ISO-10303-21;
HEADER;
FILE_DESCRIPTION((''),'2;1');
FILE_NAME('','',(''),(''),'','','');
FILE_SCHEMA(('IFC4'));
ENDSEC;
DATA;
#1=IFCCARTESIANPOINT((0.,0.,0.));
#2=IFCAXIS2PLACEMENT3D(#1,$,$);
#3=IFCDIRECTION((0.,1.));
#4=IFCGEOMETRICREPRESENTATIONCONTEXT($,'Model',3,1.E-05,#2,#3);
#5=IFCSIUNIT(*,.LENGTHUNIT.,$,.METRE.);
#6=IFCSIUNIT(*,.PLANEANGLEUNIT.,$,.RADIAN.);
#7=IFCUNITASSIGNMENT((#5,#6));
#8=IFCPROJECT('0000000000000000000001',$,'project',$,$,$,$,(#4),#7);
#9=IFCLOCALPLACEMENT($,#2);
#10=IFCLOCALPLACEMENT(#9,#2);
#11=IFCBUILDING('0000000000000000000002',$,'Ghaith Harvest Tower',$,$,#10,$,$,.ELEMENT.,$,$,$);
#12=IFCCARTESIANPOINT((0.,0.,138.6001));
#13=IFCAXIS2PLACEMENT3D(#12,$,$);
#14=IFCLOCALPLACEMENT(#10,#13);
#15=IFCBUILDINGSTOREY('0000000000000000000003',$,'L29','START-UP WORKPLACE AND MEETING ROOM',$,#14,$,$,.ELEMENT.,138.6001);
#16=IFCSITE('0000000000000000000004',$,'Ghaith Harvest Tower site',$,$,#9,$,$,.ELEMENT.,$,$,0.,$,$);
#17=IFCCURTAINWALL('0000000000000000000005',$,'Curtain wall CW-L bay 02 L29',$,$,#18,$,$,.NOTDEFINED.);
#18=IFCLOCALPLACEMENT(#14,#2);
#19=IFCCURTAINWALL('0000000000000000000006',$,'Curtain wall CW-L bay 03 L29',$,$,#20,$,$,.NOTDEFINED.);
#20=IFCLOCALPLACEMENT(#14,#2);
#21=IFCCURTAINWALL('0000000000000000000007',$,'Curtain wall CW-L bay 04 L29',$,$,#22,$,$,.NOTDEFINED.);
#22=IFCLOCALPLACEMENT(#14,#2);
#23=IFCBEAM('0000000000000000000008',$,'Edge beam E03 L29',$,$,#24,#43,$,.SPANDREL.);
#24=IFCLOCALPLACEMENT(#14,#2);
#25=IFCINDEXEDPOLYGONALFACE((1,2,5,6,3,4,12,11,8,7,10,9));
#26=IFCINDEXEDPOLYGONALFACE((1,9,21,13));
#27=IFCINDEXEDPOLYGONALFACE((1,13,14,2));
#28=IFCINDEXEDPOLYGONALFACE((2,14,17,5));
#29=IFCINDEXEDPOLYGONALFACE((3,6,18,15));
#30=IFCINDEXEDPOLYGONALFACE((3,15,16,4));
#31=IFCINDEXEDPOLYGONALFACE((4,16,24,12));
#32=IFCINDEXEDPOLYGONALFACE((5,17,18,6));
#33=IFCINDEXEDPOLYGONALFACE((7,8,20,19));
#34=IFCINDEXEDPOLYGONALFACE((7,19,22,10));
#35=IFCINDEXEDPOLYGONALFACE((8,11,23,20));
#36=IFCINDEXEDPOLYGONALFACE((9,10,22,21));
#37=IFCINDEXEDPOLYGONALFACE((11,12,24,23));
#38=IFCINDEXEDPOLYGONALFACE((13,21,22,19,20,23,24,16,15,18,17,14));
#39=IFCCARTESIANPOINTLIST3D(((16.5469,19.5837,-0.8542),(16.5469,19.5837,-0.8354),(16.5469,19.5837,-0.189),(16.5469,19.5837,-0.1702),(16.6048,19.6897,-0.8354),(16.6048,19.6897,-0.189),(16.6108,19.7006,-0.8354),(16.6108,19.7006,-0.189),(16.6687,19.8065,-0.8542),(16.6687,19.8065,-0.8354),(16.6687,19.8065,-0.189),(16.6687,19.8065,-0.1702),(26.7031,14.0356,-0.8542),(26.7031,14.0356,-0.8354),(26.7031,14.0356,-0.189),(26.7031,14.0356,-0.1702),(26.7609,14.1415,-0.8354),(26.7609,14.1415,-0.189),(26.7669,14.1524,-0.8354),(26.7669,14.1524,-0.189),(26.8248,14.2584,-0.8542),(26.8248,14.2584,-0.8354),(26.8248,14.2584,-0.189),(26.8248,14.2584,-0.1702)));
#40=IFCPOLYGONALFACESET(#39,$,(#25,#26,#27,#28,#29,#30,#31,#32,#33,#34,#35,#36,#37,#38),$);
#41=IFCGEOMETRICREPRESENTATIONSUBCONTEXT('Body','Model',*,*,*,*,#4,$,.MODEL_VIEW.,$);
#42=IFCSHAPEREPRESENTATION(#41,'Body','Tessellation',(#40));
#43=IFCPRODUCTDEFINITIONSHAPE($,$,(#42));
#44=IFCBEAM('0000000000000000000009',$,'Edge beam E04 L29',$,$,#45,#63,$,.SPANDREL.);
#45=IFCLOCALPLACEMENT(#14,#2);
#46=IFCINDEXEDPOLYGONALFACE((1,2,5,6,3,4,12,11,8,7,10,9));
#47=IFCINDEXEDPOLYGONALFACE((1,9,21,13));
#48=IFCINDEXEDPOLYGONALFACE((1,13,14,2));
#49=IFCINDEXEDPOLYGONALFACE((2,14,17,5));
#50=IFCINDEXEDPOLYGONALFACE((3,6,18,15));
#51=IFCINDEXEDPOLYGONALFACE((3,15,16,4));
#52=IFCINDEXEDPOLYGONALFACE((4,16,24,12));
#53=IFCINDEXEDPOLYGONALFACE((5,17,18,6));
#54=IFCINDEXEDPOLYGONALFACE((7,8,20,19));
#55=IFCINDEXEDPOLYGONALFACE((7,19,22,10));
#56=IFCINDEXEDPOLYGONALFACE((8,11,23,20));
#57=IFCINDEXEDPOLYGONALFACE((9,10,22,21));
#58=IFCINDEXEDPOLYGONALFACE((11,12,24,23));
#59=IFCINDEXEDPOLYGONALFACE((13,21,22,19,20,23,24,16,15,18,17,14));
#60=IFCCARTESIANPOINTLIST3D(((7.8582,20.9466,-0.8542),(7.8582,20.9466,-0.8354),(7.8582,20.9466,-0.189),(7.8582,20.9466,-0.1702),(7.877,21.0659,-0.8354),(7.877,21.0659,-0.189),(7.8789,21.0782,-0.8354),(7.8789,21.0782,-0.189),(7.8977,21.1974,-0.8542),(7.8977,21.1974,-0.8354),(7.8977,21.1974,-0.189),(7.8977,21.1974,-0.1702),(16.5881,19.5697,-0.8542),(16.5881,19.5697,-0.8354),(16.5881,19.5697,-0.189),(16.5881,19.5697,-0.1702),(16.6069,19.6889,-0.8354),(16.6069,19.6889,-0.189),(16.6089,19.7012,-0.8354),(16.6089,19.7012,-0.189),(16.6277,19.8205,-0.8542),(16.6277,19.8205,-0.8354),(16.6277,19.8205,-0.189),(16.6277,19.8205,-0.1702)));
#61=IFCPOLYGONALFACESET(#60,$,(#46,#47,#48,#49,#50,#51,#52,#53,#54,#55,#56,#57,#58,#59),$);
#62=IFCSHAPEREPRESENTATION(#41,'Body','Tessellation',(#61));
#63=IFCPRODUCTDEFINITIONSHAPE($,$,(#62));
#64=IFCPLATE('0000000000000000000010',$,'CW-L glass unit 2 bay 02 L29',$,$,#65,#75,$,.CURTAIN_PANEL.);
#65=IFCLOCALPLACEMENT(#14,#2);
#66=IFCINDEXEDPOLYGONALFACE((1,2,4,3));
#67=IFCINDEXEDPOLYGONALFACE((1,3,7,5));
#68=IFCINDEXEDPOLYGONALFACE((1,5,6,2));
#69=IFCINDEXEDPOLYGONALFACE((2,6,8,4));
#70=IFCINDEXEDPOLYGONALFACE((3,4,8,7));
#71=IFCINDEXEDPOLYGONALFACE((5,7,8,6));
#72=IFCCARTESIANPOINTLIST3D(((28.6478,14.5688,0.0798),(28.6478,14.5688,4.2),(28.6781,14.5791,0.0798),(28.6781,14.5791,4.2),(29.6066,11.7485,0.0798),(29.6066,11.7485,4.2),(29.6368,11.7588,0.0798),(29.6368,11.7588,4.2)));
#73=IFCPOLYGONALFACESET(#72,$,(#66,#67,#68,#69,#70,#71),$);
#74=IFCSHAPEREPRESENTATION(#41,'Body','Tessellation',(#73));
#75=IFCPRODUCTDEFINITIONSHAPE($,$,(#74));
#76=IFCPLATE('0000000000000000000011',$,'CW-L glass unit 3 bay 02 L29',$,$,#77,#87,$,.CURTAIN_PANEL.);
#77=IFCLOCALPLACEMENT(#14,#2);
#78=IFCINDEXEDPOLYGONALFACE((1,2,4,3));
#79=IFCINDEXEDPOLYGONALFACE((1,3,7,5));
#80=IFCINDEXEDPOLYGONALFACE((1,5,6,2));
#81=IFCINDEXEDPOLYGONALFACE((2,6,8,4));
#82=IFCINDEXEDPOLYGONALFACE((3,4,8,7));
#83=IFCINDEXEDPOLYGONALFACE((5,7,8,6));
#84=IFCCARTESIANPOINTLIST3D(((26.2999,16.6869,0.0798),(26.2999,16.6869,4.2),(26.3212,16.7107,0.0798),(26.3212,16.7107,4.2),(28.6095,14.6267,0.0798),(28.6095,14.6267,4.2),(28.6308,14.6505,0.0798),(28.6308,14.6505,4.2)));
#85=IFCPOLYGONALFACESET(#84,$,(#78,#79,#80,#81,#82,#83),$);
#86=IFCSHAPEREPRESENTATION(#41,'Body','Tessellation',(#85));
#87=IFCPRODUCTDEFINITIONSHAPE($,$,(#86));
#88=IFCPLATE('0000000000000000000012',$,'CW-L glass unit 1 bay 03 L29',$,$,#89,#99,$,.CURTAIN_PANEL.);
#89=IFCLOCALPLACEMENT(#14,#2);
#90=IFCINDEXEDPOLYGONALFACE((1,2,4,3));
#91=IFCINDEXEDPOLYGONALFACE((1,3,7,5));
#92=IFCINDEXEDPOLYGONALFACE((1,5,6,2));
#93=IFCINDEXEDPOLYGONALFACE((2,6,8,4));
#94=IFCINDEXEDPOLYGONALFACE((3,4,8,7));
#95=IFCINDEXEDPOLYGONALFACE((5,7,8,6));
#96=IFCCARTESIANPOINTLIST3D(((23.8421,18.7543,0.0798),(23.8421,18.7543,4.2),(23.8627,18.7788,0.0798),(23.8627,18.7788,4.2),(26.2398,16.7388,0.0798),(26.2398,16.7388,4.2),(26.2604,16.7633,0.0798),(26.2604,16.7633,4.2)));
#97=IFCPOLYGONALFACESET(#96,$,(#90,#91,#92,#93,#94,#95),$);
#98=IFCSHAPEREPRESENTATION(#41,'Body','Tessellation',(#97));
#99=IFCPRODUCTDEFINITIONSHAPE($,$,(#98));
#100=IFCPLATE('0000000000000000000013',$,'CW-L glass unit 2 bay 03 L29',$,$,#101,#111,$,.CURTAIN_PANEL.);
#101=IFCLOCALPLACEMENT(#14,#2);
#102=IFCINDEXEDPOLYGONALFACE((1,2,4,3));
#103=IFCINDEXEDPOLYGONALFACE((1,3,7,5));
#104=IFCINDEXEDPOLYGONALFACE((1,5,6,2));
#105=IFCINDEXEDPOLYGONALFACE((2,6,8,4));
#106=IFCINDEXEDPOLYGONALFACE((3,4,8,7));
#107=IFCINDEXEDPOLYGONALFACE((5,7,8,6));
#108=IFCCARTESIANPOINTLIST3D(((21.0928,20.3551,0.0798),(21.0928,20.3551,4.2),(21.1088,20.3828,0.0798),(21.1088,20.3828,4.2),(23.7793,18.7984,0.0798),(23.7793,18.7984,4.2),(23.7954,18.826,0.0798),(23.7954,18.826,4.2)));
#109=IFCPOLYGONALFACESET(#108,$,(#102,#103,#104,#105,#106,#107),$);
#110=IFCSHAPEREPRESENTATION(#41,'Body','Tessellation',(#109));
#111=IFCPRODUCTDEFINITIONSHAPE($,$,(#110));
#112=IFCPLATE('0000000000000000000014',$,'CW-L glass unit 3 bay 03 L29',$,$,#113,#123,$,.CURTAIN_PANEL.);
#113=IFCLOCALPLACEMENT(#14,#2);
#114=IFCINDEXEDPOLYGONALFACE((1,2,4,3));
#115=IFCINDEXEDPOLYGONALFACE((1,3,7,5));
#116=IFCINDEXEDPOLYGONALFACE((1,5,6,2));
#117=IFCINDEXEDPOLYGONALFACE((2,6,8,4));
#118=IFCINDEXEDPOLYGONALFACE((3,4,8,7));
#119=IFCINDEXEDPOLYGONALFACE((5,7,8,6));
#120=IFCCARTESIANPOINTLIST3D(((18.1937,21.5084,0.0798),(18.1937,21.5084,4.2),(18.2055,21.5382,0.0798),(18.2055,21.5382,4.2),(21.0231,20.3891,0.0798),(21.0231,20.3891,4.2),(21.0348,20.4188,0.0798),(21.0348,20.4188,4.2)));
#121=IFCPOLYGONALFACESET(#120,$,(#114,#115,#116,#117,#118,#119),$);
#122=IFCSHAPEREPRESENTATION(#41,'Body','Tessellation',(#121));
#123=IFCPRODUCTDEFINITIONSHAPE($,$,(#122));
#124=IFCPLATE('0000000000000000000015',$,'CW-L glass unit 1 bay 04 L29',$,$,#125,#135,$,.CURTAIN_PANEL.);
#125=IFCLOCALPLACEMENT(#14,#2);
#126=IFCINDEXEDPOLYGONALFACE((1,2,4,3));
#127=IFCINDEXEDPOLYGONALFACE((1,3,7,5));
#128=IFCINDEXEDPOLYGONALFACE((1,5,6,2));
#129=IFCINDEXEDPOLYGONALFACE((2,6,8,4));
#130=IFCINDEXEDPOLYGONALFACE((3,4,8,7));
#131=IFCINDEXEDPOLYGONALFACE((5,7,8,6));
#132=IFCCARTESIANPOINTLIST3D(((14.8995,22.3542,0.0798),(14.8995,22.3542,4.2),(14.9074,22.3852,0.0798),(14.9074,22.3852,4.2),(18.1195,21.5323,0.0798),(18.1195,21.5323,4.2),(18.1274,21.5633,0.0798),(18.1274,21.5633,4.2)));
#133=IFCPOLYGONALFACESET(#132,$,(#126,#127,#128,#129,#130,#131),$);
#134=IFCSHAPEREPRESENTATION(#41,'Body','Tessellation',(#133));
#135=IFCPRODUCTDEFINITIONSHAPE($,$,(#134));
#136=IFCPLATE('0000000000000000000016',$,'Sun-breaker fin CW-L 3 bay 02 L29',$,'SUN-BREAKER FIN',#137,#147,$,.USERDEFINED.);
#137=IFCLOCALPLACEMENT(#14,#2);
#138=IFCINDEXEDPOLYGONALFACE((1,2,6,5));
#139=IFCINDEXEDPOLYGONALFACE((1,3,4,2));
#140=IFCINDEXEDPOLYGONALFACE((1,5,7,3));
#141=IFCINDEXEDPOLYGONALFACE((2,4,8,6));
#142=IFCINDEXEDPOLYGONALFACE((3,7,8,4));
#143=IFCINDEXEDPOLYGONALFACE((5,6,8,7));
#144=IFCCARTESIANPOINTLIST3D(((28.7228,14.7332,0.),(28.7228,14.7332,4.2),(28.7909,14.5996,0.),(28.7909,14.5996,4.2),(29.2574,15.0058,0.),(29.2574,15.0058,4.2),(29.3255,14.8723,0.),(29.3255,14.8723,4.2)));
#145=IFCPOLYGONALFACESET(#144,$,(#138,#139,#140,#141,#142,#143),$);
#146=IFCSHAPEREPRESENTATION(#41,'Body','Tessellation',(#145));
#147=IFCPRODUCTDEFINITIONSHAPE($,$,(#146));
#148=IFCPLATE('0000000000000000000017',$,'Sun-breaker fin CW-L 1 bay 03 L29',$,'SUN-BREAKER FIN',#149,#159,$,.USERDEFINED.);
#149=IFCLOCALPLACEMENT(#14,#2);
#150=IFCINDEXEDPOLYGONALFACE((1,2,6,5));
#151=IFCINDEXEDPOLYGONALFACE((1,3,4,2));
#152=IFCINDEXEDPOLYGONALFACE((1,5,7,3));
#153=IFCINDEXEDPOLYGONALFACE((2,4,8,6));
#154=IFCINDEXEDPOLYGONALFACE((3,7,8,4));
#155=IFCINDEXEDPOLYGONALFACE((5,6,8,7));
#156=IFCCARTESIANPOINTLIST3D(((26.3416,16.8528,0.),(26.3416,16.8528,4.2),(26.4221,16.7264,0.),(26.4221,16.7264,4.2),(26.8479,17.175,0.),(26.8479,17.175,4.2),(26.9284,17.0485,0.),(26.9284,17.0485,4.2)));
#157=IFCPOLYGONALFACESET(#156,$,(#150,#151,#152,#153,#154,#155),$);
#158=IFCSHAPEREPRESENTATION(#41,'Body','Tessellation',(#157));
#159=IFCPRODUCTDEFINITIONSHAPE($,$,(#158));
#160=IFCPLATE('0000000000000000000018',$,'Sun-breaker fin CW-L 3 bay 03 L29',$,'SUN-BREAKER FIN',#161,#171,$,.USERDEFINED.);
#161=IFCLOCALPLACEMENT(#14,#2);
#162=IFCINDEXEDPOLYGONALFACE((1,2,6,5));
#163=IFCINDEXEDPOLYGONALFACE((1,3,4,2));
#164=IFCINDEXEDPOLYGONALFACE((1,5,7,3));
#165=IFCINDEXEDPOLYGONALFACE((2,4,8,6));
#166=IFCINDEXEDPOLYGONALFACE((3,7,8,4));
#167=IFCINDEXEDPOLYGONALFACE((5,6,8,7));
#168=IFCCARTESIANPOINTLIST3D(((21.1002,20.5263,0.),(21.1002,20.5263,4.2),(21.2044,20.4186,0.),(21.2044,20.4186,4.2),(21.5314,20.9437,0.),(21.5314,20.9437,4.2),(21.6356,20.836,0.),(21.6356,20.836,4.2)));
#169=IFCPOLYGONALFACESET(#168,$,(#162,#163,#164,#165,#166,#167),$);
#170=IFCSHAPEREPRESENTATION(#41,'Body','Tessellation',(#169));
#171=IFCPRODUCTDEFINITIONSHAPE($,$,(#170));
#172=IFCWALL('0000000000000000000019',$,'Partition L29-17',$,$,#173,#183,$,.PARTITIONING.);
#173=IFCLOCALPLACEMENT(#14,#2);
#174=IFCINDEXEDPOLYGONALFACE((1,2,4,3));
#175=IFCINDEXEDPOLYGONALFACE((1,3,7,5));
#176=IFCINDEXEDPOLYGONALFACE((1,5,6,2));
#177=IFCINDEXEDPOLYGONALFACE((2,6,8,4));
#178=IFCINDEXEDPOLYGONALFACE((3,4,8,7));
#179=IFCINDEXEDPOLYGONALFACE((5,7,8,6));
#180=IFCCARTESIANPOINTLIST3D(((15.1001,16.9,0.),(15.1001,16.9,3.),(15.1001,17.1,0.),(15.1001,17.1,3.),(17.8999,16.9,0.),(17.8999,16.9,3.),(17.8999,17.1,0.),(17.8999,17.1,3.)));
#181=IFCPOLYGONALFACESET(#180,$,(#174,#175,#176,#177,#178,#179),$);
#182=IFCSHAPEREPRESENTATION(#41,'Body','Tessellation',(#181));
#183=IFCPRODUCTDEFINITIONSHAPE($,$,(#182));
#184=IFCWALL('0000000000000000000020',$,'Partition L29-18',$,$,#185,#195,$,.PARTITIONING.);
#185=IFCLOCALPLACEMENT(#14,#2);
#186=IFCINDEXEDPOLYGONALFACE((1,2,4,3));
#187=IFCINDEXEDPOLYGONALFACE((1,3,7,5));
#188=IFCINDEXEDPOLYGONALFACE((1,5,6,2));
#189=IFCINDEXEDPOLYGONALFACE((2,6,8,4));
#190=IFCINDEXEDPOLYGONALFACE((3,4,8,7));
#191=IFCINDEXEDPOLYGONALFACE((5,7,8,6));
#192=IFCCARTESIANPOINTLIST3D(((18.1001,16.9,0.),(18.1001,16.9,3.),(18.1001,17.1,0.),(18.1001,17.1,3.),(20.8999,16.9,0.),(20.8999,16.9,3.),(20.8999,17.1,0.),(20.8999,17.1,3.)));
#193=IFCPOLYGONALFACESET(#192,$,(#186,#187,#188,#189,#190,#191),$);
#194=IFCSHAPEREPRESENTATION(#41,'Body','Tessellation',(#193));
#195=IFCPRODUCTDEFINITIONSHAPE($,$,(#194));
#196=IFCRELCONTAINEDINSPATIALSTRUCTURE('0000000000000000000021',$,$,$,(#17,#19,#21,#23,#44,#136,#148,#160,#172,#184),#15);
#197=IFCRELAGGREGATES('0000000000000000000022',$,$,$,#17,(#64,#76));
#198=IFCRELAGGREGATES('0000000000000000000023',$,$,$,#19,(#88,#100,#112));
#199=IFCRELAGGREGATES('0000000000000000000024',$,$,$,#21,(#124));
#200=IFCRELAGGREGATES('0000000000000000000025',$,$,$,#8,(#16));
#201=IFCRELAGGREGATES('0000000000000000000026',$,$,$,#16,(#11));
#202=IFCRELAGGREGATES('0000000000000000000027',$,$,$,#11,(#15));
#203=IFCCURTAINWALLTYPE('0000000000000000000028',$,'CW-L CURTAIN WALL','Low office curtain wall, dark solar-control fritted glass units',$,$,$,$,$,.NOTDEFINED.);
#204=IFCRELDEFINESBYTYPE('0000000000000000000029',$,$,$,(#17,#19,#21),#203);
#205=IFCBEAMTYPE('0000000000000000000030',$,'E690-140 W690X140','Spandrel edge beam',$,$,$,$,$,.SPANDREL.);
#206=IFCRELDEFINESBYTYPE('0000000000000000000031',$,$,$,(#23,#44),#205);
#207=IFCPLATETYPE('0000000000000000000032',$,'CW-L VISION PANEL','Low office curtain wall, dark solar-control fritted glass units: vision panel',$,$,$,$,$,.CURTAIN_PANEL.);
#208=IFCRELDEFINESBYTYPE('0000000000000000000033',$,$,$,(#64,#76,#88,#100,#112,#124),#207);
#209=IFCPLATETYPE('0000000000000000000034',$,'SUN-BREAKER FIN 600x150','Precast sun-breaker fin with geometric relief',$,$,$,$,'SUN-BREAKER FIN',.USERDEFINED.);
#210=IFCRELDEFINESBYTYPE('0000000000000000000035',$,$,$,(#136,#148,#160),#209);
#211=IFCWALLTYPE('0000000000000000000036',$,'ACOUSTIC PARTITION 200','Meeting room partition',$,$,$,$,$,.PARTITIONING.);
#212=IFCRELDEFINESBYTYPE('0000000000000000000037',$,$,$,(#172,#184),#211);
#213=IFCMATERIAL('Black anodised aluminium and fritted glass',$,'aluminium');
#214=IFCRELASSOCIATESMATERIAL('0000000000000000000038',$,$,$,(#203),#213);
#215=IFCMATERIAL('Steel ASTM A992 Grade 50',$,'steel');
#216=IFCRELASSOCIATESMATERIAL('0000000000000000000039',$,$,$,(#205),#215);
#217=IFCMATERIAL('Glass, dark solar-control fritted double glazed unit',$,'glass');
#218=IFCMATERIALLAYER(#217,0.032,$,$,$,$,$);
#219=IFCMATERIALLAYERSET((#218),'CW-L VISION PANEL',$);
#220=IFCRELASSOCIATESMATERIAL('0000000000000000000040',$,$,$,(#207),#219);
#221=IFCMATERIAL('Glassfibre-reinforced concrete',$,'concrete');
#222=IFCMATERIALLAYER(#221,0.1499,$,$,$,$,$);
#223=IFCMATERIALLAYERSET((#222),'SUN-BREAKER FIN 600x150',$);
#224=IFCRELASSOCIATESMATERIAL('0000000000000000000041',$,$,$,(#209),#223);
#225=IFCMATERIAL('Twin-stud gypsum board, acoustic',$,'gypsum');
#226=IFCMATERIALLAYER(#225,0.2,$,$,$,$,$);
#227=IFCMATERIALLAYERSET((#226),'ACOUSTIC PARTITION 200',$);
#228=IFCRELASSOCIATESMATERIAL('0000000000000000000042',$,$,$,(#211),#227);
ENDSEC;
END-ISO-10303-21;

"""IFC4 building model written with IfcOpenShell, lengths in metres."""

from ifc_helpers import new_model, si_unit, direction, frame, frame_2d, origin, origin_2d, place, context, subcontext, project, spatial, rectangle, i_section, extrude, material, layer, layer_set, material_profile, profile_set, type_object, element, aggregate, save


model = new_model("IFC4")

# Units and contexts
model_context = context("Model", 3, precision=1e-05, world=origin(), true_north=direction((0.0, 1.0)))
body_context = subcontext(model_context, "Body", "Model", "MODEL_VIEW")
ifc_project = project(units=[si_unit("LENGTHUNIT", "METRE"), si_unit("PLANEANGLEUNIT", "RADIAN")], contexts=[model_context])

# Site, building, storey
site_placement = place(None, origin())
site = spatial("IfcSite", under=ifc_project, at=site_placement, Name="Ghaith Harvest Tower site", CompositionType="ELEMENT", RefElevation=0.0)
building_placement = place(site_placement, origin())
building = spatial("IfcBuilding", under=site, at=building_placement, Name="Ghaith Harvest Tower", CompositionType="ELEMENT")
storey_placement = place(building_placement, frame((0.0, 0.0, 138.6001)))
storey = spatial("IfcBuildingStorey", under=building, at=storey_placement, Name="L29", Description="START-UP WORKPLACE AND MEETING ROOM", CompositionType="ELEMENT", Elevation=138.6001)

# Curtain wall
ifc_material_1 = material(Name="Black anodised aluminium and fritted glass", Category="aluminium")
curtain_wall_type = type_object("IfcCurtainWallType", Name="CW-L CURTAIN WALL", Description="Low office curtain wall, dark solar-control fritted glass units", PredefinedType="NOTDEFINED", material=ifc_material_1)
curtain_wall_1_placement = place(storey_placement, origin())
curtain_wall_1 = element("IfcCurtainWall", 1, at=curtain_wall_1_placement, inside=storey, type_object=curtain_wall_type, Name="Curtain wall CW-L bay 02 L29", PredefinedType="NOTDEFINED")

# Curtain walls
curtain_wall_2_placement = place(storey_placement, origin())
curtain_wall_2 = element("IfcCurtainWall", 2, at=curtain_wall_2_placement, inside=storey, type_object=curtain_wall_type, Name="Curtain wall CW-L bay 03 L29", PredefinedType="NOTDEFINED")
curtain_wall_3_placement = place(storey_placement, origin())
curtain_wall_3 = element("IfcCurtainWall", 3, at=curtain_wall_3_placement, inside=storey, type_object=curtain_wall_type, Name="Curtain wall CW-L bay 04 L29", PredefinedType="NOTDEFINED")

# Beams
ifc_material_2 = material(Name="Steel ASTM A992 Grade 50", Category="steel")
ifc_material_profile_1 = material_profile(ifc_material_2, i_section(OverallWidth=0.2539, OverallDepth=0.6841, WebThickness=0.0125, FlangeThickness=0.0188, at=origin_2d()), Name="W690X140")
ifc_profile_set_1 = profile_set([ifc_material_profile_1], Name="Steel ASTM A992 Grade 50")
beam_type = type_object("IfcBeamType", Name="E690-140 W690X140", Description="Spandrel edge beam", PredefinedType="SPANDREL", material=ifc_profile_set_1)
beam_1_placement = place(storey_placement, frame((26.7639, 14.147, -0.5122), z_axis=(-0.877588, 0.479415, 0.0), x_axis=(-0.479415, -0.877588, 0.0)))
element("IfcBeam", 4, at=beam_1_placement, inside=storey, type_object=beam_type, Name="Edge beam E03 L29", PredefinedType="SPANDREL", context=body_context, shape_type="SweptSolid", body=[
    extrude(i_section(OverallWidth=0.2539, OverallDepth=0.6841, WebThickness=0.0125, FlangeThickness=0.0188, at=origin_2d()), origin(), (0.0, 0.0, 1.0), 11.5728),
])
beam_2_placement = place(storey_placement, frame((16.6079, 19.6951, -0.5122), z_axis=(-0.987788, 0.155801, 0.0), x_axis=(-0.155801, -0.987788, 0.0)))
element("IfcBeam", 5, at=beam_2_placement, inside=storey, type_object=beam_type, Name="Edge beam E04 L29", PredefinedType="SPANDREL", context=body_context, shape_type="SweptSolid", body=[
    extrude(i_section(OverallWidth=0.2539, OverallDepth=0.6841, WebThickness=0.0125, FlangeThickness=0.0188, at=origin_2d()), origin(), (0.0, 0.0, 1.0), 8.8379),
])

# Plates
ifc_material_3 = material(Name="Glass, dark solar-control fritted double glazed unit", Category="glass")
ifc_layer_1 = layer(ifc_material_3, 0.032)
ifc_layer_set_1 = layer_set([ifc_layer_1], Name="CW-L VISION PANEL")
plate_type_1 = type_object("IfcPlateType", Name="CW-L VISION PANEL", Description="Low office curtain wall, dark solar-control fritted glass units: vision panel", PredefinedType="CURTAIN_PANEL", material=ifc_layer_set_1)
plate_1_placement = place(storey_placement, frame((29.1423, 13.1638, 0.0798), z_axis=(0.0, 0.0, 1.0), x_axis=(-0.321853, 0.94679, 0.0)))
plate_1 = element("IfcPlate", 6, at=plate_1_placement, type_object=plate_type_1, Name="CW-L glass unit 2 bay 02 L29", PredefinedType="CURTAIN_PANEL", context=body_context, shape_type="SweptSolid", body=[
    extrude(rectangle(XDim=2.9788, YDim=0.032, at=origin_2d()), origin(), (0.0, 0.0, 1.0), 4.1201),
])
plate_2_placement = place(storey_placement, frame((27.4653, 15.6687, 0.0798), z_axis=(0.0, 0.0, 1.0), x_axis=(-0.746251, 0.665665, 0.0)))
plate_2 = element("IfcPlate", 7, at=plate_2_placement, type_object=plate_type_1, Name="CW-L glass unit 3 bay 02 L29", PredefinedType="CURTAIN_PANEL", context=body_context, shape_type="SweptSolid", body=[
    extrude(rectangle(XDim=3.095, YDim=0.032, at=origin_2d()), origin(), (0.0, 0.0, 1.0), 4.1201),
])
aggregate(curtain_wall_1, [plate_1, plate_2])
plate_3_placement = place(storey_placement, frame((25.0513, 17.7588, 0.0798), z_axis=(0.0, 0.0, 1.0), x_axis=(-0.765473, 0.643468, 0.0)))
plate_3 = element("IfcPlate", 8, at=plate_3_placement, type_object=plate_type_1, Name="CW-L glass unit 1 bay 03 L29", PredefinedType="CURTAIN_PANEL", context=body_context, shape_type="SweptSolid", body=[
    extrude(rectangle(XDim=3.1323, YDim=0.032, at=origin_2d()), origin(), (0.0, 0.0, 1.0), 4.1201),
])
plate_4_placement = place(storey_placement, frame((22.4441, 19.5906, 0.0798), z_axis=(0.0, 0.0, 1.0), x_axis=(-0.865232, 0.501372, 0.0)))
plate_4 = element("IfcPlate", 9, at=plate_4_placement, type_object=plate_type_1, Name="CW-L glass unit 2 bay 03 L29", PredefinedType="CURTAIN_PANEL", context=body_context, shape_type="SweptSolid", body=[
    extrude(rectangle(XDim=3.105, YDim=0.032, at=origin_2d()), origin(), (0.0, 0.0, 1.0), 4.1201),
])
plate_5_placement = place(storey_placement, frame((19.6143, 20.9636, 0.0798), z_axis=(0.0, 0.0, 1.0), x_axis=(-0.929877, 0.367872, 0.0)))
plate_5 = element("IfcPlate", 10, at=plate_5_placement, type_object=plate_type_1, Name="CW-L glass unit 3 bay 03 L29", PredefinedType="CURTAIN_PANEL", context=body_context, shape_type="SweptSolid", body=[
    extrude(rectangle(XDim=3.0427, YDim=0.032, at=origin_2d()), origin(), (0.0, 0.0, 1.0), 4.1201),
])
aggregate(curtain_wall_2, [plate_3, plate_4, plate_5])
plate_6_placement = place(storey_placement, frame((16.5134, 21.9587, 0.0798), z_axis=(0.0, 0.0, 1.0), x_axis=(-0.968931, 0.247331, 0.0)))
plate_6 = element("IfcPlate", 11, at=plate_6_placement, type_object=plate_type_1, Name="CW-L glass unit 1 bay 04 L29", PredefinedType="CURTAIN_PANEL", context=body_context, shape_type="SweptSolid", body=[
    extrude(rectangle(XDim=3.3232, YDim=0.032, at=origin_2d()), origin(), (0.0, 0.0, 1.0), 4.1201),
])
aggregate(curtain_wall_3, [plate_6])

# Plates
ifc_material_4 = material(Name="Glassfibre-reinforced concrete", Category="concrete")
ifc_layer_2 = layer(ifc_material_4, 0.1499)
ifc_layer_set_2 = layer_set([ifc_layer_2], Name="SUN-BREAKER FIN 600x150")
plate_type_2 = type_object("IfcPlateType", Name="SUN-BREAKER FIN 600x150", Description="Precast sun-breaker fin with geometric relief", ElementType="SUN-BREAKER FIN", PredefinedType="USERDEFINED", material=ifc_layer_set_2)
for number, where, z_axis, x_axis, name in (
    (12, (29.0242, 14.8027, 0.0), (0.0, 0.0, 1.0), (0.890831, 0.454335, 0.0), "Sun-breaker fin CW-L 3 bay 02 L29"),
    (13, (26.635, 16.9507, 0.0), (0.0, 0.0, 1.0), (0.843644, 0.536903, 0.0), "Sun-breaker fin CW-L 1 bay 03 L29"),
    (14, (21.3679, 20.6812, 0.0), (0.0, 0.0, 1.0), (0.718559, 0.695466, 0.0), "Sun-breaker fin CW-L 3 bay 03 L29"),
):
    element("IfcPlate", number, at=place(storey_placement, frame(where, z_axis=z_axis, x_axis=x_axis)), inside=storey, type_object=plate_type_2, Name=name, ObjectType="SUN-BREAKER FIN", PredefinedType="USERDEFINED", context=body_context, shape_type="SweptSolid", body=[
        extrude(rectangle(XDim=0.6001, YDim=0.1499, at=origin_2d()), origin(), (0.0, 0.0, 1.0), 4.2),
    ])

# Walls
ifc_material_5 = material(Name="Twin-stud gypsum board, acoustic", Category="gypsum")
ifc_layer_3 = layer(ifc_material_5, 0.2)
ifc_layer_set_3 = layer_set([ifc_layer_3], Name="ACOUSTIC PARTITION 200")
wall_type_1 = type_object("IfcWallType", Name="ACOUSTIC PARTITION 200", Description="Meeting room partition", PredefinedType="PARTITIONING", material=ifc_layer_set_3)
for number, where, z_axis, x_axis, name in (
    (15, (15.1001, 17.0, 0.0), (0.0, 0.0, 1.0), (1.0, 0.0, 0.0), "Partition L29-17"),
    (16, (18.1001, 17.0, 0.0), (0.0, 0.0, 1.0), (1.0, 0.0, 0.0), "Partition L29-18"),
):
    element("IfcWall", number, at=place(storey_placement, frame(where, z_axis=z_axis, x_axis=x_axis)), inside=storey, type_object=wall_type_1, Name=name, PredefinedType="PARTITIONING", context=body_context, shape_type="SweptSolid", body=[
        extrude(rectangle(XDim=2.7998, YDim=0.2, at=frame_2d((1.3999, 0.0))), origin(), (0.0, 0.0, 1.0), 3.0),
    ])

save(model, "model.ifc")
